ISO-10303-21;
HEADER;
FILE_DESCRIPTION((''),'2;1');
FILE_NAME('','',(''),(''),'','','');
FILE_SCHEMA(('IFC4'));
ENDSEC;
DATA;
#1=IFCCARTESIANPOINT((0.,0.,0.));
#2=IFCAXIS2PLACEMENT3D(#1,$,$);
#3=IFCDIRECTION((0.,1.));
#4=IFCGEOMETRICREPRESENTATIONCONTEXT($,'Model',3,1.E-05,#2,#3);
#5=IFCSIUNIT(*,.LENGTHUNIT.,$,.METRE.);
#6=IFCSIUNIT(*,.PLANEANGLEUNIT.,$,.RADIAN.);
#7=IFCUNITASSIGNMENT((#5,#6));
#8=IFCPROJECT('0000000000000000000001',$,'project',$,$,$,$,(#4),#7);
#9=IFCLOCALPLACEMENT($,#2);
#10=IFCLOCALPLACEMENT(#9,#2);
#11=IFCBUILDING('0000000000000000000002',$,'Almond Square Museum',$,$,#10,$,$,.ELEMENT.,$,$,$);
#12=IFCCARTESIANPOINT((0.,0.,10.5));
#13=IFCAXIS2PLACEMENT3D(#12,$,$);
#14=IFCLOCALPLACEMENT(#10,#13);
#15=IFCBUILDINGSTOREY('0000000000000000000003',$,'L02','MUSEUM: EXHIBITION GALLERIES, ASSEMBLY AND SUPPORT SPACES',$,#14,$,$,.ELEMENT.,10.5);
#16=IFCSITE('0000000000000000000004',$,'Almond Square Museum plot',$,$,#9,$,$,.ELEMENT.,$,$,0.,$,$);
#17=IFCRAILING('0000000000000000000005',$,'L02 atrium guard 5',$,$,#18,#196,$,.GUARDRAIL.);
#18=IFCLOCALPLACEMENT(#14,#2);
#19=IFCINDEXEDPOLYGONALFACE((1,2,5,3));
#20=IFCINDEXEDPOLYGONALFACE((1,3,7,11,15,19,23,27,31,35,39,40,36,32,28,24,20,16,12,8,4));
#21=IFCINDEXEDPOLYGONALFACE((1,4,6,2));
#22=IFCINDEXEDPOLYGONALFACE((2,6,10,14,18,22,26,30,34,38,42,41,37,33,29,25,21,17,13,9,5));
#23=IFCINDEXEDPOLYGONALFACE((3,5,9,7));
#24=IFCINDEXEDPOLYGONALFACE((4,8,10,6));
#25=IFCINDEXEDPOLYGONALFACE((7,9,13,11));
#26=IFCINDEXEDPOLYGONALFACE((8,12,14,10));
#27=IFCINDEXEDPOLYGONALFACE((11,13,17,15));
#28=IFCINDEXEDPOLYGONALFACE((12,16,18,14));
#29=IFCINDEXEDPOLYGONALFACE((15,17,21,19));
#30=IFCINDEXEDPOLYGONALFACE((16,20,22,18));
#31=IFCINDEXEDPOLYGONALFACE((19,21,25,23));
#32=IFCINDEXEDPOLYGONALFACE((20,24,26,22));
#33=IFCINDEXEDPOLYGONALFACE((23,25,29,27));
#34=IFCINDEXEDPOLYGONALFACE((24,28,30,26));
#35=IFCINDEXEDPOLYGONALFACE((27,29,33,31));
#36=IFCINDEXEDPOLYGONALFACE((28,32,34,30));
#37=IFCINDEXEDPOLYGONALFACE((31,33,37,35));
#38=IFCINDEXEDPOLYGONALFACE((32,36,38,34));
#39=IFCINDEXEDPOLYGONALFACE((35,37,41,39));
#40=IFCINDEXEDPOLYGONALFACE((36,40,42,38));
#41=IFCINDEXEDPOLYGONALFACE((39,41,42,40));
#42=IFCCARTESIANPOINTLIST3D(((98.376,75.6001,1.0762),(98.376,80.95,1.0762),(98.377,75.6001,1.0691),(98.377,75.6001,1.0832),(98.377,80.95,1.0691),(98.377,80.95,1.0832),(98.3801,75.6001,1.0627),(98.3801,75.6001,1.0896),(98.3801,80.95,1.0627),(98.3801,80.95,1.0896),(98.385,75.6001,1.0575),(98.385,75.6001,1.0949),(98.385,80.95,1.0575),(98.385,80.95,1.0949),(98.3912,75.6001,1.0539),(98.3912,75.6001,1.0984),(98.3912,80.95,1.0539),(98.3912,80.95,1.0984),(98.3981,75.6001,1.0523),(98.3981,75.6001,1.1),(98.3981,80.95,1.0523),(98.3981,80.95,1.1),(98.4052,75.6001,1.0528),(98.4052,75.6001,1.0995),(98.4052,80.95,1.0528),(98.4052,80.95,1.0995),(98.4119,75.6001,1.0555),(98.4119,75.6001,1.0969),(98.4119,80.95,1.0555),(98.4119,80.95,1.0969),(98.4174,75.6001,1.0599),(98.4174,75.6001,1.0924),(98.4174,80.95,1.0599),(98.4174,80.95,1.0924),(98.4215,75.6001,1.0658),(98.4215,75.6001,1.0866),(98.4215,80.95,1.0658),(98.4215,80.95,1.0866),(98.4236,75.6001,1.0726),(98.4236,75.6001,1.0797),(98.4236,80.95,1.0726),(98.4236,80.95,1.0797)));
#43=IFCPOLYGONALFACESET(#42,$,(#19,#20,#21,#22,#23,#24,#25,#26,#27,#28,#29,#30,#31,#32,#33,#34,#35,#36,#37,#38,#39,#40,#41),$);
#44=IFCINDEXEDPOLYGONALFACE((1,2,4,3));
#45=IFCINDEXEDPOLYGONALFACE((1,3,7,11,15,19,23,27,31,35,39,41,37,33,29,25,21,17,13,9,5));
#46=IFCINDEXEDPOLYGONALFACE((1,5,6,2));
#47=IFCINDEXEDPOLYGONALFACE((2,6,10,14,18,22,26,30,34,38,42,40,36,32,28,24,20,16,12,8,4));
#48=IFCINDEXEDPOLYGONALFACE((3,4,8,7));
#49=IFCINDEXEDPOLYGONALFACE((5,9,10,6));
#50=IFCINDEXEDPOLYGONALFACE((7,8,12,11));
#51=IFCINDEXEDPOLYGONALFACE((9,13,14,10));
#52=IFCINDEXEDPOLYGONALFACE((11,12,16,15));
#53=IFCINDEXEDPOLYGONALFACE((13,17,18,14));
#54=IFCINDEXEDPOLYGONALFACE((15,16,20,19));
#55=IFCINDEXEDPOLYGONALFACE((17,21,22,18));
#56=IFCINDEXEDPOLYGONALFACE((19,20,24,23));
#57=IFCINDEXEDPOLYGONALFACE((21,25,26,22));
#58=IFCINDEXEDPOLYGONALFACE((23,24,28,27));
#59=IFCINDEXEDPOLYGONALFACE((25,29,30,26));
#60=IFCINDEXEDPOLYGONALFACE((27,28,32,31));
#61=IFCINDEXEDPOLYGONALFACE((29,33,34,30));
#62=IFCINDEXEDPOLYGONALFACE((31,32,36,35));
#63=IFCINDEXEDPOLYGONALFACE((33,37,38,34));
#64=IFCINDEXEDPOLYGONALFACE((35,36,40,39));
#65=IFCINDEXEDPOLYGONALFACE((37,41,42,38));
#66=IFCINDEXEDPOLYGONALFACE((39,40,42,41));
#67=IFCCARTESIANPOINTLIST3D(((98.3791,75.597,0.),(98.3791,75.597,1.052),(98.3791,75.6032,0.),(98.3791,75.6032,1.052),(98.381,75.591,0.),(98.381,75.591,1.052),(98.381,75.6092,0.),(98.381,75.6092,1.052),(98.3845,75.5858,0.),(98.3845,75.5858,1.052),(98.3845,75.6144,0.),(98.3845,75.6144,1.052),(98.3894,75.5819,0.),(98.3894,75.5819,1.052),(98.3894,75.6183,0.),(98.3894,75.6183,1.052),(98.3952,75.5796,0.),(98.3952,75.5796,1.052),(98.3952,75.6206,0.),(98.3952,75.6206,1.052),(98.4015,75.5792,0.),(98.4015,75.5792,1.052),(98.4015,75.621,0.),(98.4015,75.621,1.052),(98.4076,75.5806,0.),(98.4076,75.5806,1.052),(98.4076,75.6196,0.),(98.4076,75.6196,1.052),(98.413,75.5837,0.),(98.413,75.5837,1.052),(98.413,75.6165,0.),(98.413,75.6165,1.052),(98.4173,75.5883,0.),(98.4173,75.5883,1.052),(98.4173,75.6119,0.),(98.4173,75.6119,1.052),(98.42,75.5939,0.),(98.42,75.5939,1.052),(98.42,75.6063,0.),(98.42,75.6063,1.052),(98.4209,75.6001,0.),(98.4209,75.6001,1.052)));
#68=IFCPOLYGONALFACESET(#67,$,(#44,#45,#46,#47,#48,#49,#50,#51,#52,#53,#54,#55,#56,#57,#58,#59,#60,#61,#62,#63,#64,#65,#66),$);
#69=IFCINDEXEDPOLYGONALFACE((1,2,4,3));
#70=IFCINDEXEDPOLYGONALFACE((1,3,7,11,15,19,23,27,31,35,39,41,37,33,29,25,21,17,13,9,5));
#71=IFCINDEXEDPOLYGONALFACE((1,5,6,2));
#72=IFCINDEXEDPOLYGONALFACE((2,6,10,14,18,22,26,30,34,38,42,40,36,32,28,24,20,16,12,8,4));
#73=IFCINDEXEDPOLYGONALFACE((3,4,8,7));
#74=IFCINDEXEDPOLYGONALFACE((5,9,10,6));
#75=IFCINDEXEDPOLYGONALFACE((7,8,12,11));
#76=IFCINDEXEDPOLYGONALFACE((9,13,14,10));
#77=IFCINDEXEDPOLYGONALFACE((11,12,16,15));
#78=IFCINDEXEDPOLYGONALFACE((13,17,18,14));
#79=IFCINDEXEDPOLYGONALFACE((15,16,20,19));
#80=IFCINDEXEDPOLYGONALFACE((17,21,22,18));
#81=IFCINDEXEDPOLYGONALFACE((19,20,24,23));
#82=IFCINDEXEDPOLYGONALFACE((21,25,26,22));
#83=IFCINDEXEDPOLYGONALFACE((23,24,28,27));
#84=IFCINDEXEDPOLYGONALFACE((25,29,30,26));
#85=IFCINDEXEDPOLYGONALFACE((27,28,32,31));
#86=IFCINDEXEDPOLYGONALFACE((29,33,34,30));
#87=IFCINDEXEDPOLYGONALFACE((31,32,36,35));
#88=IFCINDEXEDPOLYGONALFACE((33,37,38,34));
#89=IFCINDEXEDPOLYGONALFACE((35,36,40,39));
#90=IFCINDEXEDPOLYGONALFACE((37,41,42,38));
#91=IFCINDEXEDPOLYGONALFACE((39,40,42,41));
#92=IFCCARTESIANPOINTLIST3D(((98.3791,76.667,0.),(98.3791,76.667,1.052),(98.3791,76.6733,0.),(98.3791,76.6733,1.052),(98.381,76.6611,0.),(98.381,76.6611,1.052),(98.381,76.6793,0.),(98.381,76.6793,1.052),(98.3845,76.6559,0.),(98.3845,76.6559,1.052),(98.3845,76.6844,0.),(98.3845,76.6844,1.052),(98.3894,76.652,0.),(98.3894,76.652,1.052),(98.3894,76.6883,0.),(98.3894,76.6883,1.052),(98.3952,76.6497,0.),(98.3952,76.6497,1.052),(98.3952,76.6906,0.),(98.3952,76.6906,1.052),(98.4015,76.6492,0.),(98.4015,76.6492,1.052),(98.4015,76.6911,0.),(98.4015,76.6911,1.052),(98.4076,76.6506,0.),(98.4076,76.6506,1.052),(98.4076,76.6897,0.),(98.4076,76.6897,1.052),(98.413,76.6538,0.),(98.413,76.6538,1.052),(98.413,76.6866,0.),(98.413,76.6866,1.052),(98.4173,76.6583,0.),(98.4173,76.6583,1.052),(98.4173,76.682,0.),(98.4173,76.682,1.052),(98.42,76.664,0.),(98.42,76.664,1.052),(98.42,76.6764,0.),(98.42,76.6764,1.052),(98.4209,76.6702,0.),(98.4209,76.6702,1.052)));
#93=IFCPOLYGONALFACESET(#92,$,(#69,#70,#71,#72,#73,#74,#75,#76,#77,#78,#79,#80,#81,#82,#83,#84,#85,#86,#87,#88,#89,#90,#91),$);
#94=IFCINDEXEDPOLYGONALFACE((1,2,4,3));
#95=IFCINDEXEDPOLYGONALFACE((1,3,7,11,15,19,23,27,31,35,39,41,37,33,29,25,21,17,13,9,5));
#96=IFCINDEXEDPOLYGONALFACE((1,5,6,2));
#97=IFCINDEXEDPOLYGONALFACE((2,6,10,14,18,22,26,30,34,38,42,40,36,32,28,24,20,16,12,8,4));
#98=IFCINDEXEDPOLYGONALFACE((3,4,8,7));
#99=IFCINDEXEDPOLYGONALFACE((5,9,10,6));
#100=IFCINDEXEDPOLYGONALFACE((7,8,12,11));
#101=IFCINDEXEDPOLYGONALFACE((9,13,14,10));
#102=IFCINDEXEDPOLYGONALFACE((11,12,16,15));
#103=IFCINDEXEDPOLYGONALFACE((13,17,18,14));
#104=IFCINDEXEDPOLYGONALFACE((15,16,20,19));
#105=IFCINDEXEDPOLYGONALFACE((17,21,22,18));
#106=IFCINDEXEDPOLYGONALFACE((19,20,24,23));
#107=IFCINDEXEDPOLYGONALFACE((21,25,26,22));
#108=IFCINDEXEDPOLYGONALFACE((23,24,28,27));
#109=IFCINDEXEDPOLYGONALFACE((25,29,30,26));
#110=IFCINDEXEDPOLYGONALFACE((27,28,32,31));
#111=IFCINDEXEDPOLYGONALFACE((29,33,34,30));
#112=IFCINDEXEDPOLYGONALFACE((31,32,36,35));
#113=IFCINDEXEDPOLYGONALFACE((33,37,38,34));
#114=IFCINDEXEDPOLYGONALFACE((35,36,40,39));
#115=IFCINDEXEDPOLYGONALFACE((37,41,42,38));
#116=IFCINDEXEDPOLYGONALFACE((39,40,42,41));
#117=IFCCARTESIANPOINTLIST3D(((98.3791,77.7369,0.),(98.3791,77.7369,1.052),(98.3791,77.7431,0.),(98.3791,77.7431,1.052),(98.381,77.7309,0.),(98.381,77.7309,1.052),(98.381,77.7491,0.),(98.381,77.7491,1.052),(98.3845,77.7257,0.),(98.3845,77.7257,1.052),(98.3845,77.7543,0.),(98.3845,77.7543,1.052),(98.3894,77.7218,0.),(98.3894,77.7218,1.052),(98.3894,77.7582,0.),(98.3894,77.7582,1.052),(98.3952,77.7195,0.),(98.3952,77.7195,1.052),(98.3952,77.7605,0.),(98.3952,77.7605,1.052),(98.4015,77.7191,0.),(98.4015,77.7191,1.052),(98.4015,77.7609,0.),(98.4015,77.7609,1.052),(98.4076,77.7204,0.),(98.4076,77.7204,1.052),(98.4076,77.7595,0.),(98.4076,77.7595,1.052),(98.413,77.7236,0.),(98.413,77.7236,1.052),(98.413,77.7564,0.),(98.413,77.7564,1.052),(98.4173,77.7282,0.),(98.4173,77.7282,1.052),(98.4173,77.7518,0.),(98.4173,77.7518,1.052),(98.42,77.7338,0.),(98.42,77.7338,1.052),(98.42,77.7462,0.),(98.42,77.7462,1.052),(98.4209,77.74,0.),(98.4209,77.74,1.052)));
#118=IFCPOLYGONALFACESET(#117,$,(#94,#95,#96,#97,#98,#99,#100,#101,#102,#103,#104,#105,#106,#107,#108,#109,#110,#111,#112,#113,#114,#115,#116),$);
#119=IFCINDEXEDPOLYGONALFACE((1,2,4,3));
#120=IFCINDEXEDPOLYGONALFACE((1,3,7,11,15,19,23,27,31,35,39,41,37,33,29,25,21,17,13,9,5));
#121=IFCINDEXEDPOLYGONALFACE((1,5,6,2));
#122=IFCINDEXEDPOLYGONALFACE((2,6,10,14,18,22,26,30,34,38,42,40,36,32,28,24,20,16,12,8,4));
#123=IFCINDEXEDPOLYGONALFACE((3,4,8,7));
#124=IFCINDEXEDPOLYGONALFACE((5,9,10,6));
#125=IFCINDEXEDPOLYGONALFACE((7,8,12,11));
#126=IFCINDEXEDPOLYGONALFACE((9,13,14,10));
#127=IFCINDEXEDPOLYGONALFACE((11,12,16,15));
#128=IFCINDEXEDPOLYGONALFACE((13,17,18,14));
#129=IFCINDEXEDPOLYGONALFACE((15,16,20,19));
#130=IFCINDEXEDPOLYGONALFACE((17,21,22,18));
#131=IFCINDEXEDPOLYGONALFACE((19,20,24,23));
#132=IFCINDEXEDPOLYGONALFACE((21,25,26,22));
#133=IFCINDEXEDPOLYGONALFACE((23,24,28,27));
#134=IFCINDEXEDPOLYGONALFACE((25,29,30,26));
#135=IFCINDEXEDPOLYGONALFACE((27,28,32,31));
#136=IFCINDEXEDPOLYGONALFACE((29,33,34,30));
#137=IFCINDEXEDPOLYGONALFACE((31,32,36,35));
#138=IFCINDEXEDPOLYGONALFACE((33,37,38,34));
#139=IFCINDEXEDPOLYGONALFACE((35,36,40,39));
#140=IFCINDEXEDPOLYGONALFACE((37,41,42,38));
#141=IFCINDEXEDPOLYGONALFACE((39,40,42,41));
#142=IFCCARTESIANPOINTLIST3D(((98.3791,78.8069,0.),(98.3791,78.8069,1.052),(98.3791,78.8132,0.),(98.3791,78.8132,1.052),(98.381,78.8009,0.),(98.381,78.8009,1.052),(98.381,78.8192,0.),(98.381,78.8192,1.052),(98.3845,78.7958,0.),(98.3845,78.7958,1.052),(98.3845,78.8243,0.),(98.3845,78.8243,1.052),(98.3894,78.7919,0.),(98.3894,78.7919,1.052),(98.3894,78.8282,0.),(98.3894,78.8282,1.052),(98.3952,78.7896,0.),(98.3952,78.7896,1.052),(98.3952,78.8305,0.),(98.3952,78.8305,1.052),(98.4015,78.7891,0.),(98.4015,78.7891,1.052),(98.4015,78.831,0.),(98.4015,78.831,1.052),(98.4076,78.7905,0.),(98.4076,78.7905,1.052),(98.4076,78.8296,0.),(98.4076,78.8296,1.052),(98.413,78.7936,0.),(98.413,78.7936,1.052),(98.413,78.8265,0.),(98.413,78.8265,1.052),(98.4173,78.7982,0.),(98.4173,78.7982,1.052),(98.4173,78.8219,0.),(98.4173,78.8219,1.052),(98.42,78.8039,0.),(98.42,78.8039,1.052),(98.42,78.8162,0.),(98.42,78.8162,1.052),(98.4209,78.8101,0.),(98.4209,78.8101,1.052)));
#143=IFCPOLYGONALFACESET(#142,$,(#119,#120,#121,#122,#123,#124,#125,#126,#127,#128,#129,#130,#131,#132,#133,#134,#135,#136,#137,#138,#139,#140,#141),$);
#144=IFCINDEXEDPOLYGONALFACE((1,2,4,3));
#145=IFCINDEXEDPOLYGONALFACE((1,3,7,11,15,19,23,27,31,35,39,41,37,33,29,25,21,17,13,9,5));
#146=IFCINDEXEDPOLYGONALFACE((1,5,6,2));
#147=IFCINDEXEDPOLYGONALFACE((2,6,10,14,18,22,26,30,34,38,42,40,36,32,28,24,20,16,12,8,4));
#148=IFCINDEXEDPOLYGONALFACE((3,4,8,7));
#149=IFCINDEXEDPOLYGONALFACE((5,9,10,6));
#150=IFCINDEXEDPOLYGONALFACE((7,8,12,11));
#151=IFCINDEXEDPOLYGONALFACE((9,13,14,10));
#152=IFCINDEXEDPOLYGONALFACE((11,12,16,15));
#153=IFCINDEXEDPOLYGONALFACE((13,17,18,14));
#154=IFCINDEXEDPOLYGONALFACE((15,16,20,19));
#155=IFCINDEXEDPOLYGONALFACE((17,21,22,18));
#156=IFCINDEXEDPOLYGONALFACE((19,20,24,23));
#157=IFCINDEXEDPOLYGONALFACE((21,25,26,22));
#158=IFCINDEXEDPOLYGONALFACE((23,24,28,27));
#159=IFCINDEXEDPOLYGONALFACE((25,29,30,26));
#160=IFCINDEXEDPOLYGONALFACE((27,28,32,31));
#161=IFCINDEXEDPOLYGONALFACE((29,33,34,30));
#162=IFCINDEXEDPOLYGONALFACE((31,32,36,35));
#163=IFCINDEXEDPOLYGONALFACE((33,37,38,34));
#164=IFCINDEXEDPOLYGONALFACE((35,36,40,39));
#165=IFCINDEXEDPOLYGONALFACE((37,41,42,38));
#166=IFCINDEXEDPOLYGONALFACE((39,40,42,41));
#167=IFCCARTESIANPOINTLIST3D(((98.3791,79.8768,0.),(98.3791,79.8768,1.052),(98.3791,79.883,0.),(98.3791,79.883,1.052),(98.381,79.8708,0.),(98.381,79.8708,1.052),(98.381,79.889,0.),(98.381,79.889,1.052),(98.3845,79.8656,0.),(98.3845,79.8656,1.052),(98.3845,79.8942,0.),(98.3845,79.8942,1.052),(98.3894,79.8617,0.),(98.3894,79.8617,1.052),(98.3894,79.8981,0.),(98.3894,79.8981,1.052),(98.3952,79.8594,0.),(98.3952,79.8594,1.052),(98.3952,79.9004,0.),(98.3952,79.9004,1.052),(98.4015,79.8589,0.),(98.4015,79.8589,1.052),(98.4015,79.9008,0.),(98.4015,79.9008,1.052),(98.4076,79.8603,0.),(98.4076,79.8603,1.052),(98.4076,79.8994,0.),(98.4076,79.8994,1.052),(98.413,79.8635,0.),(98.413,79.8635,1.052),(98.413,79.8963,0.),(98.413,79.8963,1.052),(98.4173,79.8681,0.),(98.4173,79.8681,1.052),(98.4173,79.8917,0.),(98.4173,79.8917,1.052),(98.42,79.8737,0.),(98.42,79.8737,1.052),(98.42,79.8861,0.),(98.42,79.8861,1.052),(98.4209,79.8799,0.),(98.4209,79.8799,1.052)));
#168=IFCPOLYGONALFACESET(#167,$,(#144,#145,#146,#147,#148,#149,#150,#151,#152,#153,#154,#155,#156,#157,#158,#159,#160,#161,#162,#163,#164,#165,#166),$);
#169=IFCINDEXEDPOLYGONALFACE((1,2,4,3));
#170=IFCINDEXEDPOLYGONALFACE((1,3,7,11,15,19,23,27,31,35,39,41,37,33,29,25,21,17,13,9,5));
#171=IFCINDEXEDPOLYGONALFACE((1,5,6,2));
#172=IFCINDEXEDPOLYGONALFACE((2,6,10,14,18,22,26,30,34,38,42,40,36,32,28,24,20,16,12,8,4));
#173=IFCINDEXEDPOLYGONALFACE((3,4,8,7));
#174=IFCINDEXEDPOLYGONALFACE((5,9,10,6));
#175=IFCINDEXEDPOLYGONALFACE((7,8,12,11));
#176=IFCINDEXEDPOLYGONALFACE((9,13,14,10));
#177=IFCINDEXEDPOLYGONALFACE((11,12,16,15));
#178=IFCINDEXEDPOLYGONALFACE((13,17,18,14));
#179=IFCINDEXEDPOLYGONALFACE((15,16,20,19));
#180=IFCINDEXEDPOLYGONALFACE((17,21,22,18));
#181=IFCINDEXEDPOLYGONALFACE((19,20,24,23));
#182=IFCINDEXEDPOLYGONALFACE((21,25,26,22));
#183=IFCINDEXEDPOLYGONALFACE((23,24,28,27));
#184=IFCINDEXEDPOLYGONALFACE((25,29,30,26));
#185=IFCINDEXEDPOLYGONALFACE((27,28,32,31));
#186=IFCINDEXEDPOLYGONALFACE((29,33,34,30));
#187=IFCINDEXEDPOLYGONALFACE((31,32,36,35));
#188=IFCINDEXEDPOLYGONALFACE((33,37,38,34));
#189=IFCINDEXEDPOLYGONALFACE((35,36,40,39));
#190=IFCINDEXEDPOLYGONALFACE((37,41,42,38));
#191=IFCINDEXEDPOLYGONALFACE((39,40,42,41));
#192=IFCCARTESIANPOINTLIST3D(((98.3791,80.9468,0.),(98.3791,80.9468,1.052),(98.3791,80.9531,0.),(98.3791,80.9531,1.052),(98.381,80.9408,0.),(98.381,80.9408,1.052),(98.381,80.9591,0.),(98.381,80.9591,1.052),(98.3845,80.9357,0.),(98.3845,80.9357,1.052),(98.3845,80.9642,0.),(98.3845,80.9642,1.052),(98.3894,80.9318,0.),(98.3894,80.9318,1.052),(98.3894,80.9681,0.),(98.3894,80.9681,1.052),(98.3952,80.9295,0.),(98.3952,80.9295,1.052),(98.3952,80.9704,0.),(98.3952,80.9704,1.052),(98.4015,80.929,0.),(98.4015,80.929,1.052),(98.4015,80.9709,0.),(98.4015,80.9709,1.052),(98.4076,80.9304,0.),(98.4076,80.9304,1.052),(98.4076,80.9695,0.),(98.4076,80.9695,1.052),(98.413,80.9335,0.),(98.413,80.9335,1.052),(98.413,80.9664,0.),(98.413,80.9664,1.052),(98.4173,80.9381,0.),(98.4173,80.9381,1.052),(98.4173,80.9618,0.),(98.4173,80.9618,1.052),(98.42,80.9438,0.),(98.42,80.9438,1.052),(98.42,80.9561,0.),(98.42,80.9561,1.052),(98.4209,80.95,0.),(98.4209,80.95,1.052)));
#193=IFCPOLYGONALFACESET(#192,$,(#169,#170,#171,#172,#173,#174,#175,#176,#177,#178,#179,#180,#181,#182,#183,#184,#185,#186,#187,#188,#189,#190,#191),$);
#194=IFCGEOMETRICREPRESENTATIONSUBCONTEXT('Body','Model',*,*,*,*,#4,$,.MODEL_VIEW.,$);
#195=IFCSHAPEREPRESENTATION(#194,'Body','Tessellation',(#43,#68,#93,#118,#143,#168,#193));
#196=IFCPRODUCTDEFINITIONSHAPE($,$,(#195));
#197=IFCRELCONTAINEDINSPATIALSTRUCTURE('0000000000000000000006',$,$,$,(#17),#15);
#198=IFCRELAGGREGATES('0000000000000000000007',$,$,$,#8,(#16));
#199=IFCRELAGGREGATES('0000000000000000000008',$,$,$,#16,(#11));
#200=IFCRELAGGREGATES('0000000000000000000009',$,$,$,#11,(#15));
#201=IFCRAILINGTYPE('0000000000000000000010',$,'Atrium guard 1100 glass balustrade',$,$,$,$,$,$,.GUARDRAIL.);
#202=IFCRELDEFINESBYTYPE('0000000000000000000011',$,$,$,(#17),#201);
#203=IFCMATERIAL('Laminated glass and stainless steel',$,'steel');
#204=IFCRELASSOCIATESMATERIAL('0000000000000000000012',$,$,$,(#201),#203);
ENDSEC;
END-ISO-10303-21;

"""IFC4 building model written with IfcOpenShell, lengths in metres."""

from ifc_helpers import new_model, si_unit, direction, frame, origin, origin_2d, place, context, subcontext, project, spatial, circle, extrude, material, type_object, element, save


model = new_model("IFC4")

# Units and contexts
model_context = context("Model", 3, precision=1e-05, world=origin(), true_north=direction((0.0, 1.0)))
body_context = subcontext(model_context, "Body", "Model", "MODEL_VIEW")
ifc_project = project(units=[si_unit("LENGTHUNIT", "METRE"), si_unit("PLANEANGLEUNIT", "RADIAN")], contexts=[model_context])

# Site, building, storey
site_placement = place(None, origin())
site = spatial("IfcSite", under=ifc_project, at=site_placement, Name="Almond Square Museum plot", CompositionType="ELEMENT", RefElevation=0.0)
building_placement = place(site_placement, origin())
building = spatial("IfcBuilding", under=site, at=building_placement, Name="Almond Square Museum", CompositionType="ELEMENT")
storey_placement = place(building_placement, frame((0.0, 0.0, 10.5)))
storey = spatial("IfcBuildingStorey", under=building, at=storey_placement, Name="L02", Description="MUSEUM: EXHIBITION GALLERIES, ASSEMBLY AND SUPPORT SPACES", CompositionType="ELEMENT", Elevation=10.5)

# Railing
ifc_material_1 = material(Name="Laminated glass and stainless steel", Category="steel")
railing_type_1 = type_object("IfcRailingType", Name="Atrium guard 1100 glass balustrade", PredefinedType="GUARDRAIL", material=ifc_material_1)
railing_1_placement = place(storey_placement, frame((98.3999, 75.6001, 0.0)))
element("IfcRailing", 1, at=railing_1_placement, inside=storey, type_object=railing_type_1, Name="L02 atrium guard 5", PredefinedType="GUARDRAIL", context=body_context, shape_type="SweptSolid", body=[
    extrude(circle(Radius=0.0239, at=origin_2d()), frame((0.0, 0.0, 1.0762), z_axis=(0.0, 1.0, 0.0), x_axis=(-1.0, 0.0, 0.0)), (0.0, 0.0, 1.0), 5.3499),
    extrude(circle(Radius=0.021, at=origin_2d()), origin(), (0.0, 0.0, 1.0), 1.052),
    extrude(circle(Radius=0.021, at=origin_2d()), frame((0.0, 1.0701, 0.0)), (0.0, 0.0, 1.0), 1.052),
    extrude(circle(Radius=0.021, at=origin_2d()), frame((0.0, 2.1399, 0.0)), (0.0, 0.0, 1.0), 1.052),
    extrude(circle(Radius=0.021, at=origin_2d()), frame((0.0, 3.21, 0.0)), (0.0, 0.0, 1.0), 1.052),
    extrude(circle(Radius=0.021, at=origin_2d()), frame((0.0, 4.2798, 0.0)), (0.0, 0.0, 1.0), 1.052),
    extrude(circle(Radius=0.021, at=origin_2d()), frame((0.0, 5.3499, 0.0)), (0.0, 0.0, 1.0), 1.052),
])

save(model, "model.ifc")
